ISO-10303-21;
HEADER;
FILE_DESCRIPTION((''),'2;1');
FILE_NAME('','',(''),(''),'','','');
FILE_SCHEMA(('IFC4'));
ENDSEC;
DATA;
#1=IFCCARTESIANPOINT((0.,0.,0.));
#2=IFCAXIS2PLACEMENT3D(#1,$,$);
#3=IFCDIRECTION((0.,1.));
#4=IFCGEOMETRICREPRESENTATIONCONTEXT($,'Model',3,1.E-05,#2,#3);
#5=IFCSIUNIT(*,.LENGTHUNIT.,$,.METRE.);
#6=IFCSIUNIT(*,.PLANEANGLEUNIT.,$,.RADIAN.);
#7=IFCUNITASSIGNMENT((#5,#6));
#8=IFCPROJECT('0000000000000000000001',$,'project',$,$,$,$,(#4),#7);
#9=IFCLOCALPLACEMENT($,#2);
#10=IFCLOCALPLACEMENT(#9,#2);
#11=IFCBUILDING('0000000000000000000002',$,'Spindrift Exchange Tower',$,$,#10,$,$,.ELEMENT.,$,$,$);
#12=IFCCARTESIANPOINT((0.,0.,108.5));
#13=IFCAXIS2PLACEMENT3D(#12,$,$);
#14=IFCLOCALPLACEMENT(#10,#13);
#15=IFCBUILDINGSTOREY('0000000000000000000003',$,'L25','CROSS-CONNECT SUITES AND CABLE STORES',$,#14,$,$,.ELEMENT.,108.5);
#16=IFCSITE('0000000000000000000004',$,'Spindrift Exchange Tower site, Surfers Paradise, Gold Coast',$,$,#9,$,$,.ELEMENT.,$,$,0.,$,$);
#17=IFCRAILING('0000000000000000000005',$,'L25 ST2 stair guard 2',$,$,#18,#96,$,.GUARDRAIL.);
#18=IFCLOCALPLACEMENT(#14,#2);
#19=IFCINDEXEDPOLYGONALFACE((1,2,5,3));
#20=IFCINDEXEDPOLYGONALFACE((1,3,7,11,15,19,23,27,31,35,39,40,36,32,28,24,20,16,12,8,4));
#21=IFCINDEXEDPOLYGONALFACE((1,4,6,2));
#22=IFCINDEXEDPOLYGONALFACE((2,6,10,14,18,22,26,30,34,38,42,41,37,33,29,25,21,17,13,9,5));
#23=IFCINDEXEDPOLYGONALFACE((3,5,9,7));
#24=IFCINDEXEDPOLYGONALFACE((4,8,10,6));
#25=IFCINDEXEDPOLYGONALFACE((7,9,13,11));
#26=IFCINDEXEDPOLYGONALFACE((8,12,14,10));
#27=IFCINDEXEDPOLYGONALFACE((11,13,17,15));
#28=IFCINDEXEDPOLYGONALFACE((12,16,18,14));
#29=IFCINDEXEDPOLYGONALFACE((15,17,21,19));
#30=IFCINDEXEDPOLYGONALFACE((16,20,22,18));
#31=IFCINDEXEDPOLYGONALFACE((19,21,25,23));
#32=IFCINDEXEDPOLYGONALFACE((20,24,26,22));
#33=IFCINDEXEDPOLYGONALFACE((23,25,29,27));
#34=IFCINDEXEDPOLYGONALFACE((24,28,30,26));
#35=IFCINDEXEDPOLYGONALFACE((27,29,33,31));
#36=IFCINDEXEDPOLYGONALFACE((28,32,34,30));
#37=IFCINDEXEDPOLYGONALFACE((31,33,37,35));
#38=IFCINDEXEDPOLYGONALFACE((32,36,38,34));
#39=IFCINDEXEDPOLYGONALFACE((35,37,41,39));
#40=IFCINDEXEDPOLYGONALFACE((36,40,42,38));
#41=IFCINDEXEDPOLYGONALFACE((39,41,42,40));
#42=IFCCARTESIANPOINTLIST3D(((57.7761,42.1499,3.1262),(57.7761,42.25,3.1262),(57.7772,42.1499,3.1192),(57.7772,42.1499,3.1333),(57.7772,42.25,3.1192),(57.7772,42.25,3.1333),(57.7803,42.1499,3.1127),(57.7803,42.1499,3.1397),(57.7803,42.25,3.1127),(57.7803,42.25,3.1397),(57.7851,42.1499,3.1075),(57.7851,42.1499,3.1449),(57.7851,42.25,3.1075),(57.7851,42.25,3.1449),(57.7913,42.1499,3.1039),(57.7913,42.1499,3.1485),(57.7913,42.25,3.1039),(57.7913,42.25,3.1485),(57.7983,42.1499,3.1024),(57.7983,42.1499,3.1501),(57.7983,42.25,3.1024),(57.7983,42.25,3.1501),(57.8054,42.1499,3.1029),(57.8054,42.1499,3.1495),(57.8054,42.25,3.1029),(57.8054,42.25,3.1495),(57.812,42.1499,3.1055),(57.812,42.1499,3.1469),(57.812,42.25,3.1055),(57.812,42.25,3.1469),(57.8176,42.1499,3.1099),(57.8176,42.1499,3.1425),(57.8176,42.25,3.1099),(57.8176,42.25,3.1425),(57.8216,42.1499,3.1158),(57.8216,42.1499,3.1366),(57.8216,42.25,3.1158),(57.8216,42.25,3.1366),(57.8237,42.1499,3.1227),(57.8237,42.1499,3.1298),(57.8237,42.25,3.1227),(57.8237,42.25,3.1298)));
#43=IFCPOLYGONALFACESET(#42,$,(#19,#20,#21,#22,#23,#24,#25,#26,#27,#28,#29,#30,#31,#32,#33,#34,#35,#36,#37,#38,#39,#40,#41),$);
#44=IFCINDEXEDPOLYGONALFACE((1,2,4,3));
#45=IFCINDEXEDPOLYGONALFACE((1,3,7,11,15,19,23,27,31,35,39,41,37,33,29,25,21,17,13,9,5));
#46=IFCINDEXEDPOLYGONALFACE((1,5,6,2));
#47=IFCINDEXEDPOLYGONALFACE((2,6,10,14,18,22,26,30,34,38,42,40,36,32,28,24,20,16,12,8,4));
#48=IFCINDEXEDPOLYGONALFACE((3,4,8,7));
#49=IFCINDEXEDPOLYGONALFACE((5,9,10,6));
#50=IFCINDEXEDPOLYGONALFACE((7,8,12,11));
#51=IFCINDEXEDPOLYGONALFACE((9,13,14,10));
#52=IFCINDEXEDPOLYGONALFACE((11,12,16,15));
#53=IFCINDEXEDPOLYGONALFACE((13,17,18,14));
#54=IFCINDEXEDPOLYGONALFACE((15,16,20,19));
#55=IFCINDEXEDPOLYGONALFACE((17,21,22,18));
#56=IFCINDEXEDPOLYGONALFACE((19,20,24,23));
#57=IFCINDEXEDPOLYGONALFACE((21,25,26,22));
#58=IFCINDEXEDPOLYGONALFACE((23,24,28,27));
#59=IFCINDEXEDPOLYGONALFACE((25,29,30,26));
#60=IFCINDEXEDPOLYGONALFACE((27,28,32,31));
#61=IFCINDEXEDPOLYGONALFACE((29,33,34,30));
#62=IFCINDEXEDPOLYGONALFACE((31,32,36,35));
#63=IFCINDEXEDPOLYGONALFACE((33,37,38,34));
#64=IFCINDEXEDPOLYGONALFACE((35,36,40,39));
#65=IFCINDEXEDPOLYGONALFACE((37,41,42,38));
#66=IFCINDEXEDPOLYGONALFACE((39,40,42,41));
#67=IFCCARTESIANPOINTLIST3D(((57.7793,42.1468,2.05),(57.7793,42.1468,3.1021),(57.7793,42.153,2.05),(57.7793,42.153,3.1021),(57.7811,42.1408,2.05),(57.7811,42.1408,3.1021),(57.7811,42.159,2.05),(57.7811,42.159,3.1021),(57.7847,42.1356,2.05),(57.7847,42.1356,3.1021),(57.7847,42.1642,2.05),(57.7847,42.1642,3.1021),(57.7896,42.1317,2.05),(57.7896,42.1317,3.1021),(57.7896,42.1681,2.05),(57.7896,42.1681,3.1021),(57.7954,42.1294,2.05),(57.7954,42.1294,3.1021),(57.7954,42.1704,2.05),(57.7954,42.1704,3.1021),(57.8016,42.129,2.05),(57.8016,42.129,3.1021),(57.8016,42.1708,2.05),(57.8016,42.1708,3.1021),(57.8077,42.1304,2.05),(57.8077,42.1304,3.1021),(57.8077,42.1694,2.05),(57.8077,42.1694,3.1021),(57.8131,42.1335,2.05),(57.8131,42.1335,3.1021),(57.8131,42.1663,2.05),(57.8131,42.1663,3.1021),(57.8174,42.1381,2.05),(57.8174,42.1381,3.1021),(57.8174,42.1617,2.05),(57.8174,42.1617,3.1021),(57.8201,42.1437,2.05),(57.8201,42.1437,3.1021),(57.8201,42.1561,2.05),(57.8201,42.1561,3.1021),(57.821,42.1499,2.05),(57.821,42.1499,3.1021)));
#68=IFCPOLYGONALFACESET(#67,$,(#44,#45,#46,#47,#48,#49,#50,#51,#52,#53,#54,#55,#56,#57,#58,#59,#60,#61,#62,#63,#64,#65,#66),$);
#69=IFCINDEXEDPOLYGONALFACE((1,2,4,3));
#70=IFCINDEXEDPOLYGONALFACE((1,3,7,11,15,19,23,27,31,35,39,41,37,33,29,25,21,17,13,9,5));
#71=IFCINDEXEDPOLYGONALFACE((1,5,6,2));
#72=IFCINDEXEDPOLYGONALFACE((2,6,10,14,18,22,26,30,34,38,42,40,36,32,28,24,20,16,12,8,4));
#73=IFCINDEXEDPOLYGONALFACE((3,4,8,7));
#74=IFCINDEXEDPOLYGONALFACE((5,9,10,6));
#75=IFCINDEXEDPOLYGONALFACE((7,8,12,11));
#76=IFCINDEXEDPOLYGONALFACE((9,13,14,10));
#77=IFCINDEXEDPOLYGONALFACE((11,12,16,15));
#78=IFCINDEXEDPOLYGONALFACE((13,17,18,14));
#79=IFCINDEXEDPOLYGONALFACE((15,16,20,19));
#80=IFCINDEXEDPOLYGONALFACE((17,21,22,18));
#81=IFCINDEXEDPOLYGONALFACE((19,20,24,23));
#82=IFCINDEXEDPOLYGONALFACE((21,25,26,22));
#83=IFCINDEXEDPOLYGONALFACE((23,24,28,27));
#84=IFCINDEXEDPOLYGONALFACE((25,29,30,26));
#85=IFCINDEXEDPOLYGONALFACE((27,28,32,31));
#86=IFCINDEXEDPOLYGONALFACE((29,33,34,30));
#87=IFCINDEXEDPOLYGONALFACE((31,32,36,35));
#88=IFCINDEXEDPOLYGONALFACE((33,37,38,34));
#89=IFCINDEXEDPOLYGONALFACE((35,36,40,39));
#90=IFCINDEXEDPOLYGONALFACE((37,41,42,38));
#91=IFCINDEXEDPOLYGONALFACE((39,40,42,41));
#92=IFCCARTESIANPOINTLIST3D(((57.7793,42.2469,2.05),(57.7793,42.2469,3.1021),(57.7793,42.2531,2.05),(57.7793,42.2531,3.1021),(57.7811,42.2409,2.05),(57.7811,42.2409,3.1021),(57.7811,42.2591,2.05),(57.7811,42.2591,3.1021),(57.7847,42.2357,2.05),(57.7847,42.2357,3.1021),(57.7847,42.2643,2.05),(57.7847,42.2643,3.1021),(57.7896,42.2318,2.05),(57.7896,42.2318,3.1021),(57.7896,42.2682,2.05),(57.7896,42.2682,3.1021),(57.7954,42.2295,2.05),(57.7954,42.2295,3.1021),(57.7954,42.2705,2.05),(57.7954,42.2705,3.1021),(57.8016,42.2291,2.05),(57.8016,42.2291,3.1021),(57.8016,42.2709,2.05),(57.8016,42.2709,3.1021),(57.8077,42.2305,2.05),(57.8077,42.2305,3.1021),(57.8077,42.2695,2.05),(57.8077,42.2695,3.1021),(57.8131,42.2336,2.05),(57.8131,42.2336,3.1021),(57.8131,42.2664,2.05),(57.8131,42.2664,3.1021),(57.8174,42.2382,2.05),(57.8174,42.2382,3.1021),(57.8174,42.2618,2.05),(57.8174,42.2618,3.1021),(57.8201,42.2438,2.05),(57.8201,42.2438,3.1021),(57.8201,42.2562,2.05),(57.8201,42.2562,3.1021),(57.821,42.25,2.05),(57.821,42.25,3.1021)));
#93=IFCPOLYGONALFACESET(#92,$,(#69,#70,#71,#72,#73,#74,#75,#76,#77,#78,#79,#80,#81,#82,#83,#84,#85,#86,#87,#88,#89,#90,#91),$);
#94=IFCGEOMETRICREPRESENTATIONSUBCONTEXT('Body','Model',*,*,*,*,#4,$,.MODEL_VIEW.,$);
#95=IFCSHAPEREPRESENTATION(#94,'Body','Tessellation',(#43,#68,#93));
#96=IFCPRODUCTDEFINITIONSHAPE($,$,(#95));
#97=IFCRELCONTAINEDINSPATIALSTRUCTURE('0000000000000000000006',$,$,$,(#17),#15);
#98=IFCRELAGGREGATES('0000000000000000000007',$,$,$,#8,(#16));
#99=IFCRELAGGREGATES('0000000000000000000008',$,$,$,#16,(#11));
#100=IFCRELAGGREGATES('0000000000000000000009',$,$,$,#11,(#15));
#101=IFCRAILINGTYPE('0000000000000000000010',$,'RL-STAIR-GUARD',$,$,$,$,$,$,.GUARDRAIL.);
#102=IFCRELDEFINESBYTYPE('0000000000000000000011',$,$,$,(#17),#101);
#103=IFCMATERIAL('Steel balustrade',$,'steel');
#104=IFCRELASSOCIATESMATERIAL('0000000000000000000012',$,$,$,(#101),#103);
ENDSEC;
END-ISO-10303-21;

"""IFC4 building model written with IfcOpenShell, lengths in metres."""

from ifc_helpers import new_model, si_unit, direction, frame, origin, origin_2d, place, context, subcontext, project, spatial, circle, extrude, material, type_object, element, save


model = new_model("IFC4")

# Units and contexts
model_context = context("Model", 3, precision=1e-05, world=origin(), true_north=direction((0.0, 1.0)))
body_context = subcontext(model_context, "Body", "Model", "MODEL_VIEW")
ifc_project = project(units=[si_unit("LENGTHUNIT", "METRE"), si_unit("PLANEANGLEUNIT", "RADIAN")], contexts=[model_context])

# Site, building, storey
site_placement = place(None, origin())
site = spatial("IfcSite", under=ifc_project, at=site_placement, Name="Spindrift Exchange Tower site, Surfers Paradise, Gold Coast", CompositionType="ELEMENT", RefElevation=0.0)
building_placement = place(site_placement, origin())
building = spatial("IfcBuilding", under=site, at=building_placement, Name="Spindrift Exchange Tower", CompositionType="ELEMENT")
storey_placement = place(building_placement, frame((0.0, 0.0, 108.5)))
storey = spatial("IfcBuildingStorey", under=building, at=storey_placement, Name="L25", Description="CROSS-CONNECT SUITES AND CABLE STORES", CompositionType="ELEMENT", Elevation=108.5)

# Railing
ifc_material_1 = material(Name="Steel balustrade", Category="steel")
railing_type_1 = type_object("IfcRailingType", Name="RL-STAIR-GUARD", PredefinedType="GUARDRAIL", material=ifc_material_1)
railing_1_placement = place(storey_placement, frame((57.8, 42.1499, 2.05)))
element("IfcRailing", 1, at=railing_1_placement, inside=storey, type_object=railing_type_1, Name="L25 ST2 stair guard 2", PredefinedType="GUARDRAIL", context=body_context, shape_type="SweptSolid", body=[
    extrude(circle(Radius=0.0239, at=origin_2d()), frame((0.0, 0.0, 1.0762), z_axis=(0.0, 1.0, 0.0), x_axis=(-1.0, 0.0, 0.0)), (0.0, 0.0, 1.0), 0.1001),
    extrude(circle(Radius=0.021, at=origin_2d()), origin(), (0.0, 0.0, 1.0), 1.052),
    extrude(circle(Radius=0.021, at=origin_2d()), frame((0.0, 0.1001, 0.0)), (0.0, 0.0, 1.0), 1.052),
])

save(model, "model.ifc")
